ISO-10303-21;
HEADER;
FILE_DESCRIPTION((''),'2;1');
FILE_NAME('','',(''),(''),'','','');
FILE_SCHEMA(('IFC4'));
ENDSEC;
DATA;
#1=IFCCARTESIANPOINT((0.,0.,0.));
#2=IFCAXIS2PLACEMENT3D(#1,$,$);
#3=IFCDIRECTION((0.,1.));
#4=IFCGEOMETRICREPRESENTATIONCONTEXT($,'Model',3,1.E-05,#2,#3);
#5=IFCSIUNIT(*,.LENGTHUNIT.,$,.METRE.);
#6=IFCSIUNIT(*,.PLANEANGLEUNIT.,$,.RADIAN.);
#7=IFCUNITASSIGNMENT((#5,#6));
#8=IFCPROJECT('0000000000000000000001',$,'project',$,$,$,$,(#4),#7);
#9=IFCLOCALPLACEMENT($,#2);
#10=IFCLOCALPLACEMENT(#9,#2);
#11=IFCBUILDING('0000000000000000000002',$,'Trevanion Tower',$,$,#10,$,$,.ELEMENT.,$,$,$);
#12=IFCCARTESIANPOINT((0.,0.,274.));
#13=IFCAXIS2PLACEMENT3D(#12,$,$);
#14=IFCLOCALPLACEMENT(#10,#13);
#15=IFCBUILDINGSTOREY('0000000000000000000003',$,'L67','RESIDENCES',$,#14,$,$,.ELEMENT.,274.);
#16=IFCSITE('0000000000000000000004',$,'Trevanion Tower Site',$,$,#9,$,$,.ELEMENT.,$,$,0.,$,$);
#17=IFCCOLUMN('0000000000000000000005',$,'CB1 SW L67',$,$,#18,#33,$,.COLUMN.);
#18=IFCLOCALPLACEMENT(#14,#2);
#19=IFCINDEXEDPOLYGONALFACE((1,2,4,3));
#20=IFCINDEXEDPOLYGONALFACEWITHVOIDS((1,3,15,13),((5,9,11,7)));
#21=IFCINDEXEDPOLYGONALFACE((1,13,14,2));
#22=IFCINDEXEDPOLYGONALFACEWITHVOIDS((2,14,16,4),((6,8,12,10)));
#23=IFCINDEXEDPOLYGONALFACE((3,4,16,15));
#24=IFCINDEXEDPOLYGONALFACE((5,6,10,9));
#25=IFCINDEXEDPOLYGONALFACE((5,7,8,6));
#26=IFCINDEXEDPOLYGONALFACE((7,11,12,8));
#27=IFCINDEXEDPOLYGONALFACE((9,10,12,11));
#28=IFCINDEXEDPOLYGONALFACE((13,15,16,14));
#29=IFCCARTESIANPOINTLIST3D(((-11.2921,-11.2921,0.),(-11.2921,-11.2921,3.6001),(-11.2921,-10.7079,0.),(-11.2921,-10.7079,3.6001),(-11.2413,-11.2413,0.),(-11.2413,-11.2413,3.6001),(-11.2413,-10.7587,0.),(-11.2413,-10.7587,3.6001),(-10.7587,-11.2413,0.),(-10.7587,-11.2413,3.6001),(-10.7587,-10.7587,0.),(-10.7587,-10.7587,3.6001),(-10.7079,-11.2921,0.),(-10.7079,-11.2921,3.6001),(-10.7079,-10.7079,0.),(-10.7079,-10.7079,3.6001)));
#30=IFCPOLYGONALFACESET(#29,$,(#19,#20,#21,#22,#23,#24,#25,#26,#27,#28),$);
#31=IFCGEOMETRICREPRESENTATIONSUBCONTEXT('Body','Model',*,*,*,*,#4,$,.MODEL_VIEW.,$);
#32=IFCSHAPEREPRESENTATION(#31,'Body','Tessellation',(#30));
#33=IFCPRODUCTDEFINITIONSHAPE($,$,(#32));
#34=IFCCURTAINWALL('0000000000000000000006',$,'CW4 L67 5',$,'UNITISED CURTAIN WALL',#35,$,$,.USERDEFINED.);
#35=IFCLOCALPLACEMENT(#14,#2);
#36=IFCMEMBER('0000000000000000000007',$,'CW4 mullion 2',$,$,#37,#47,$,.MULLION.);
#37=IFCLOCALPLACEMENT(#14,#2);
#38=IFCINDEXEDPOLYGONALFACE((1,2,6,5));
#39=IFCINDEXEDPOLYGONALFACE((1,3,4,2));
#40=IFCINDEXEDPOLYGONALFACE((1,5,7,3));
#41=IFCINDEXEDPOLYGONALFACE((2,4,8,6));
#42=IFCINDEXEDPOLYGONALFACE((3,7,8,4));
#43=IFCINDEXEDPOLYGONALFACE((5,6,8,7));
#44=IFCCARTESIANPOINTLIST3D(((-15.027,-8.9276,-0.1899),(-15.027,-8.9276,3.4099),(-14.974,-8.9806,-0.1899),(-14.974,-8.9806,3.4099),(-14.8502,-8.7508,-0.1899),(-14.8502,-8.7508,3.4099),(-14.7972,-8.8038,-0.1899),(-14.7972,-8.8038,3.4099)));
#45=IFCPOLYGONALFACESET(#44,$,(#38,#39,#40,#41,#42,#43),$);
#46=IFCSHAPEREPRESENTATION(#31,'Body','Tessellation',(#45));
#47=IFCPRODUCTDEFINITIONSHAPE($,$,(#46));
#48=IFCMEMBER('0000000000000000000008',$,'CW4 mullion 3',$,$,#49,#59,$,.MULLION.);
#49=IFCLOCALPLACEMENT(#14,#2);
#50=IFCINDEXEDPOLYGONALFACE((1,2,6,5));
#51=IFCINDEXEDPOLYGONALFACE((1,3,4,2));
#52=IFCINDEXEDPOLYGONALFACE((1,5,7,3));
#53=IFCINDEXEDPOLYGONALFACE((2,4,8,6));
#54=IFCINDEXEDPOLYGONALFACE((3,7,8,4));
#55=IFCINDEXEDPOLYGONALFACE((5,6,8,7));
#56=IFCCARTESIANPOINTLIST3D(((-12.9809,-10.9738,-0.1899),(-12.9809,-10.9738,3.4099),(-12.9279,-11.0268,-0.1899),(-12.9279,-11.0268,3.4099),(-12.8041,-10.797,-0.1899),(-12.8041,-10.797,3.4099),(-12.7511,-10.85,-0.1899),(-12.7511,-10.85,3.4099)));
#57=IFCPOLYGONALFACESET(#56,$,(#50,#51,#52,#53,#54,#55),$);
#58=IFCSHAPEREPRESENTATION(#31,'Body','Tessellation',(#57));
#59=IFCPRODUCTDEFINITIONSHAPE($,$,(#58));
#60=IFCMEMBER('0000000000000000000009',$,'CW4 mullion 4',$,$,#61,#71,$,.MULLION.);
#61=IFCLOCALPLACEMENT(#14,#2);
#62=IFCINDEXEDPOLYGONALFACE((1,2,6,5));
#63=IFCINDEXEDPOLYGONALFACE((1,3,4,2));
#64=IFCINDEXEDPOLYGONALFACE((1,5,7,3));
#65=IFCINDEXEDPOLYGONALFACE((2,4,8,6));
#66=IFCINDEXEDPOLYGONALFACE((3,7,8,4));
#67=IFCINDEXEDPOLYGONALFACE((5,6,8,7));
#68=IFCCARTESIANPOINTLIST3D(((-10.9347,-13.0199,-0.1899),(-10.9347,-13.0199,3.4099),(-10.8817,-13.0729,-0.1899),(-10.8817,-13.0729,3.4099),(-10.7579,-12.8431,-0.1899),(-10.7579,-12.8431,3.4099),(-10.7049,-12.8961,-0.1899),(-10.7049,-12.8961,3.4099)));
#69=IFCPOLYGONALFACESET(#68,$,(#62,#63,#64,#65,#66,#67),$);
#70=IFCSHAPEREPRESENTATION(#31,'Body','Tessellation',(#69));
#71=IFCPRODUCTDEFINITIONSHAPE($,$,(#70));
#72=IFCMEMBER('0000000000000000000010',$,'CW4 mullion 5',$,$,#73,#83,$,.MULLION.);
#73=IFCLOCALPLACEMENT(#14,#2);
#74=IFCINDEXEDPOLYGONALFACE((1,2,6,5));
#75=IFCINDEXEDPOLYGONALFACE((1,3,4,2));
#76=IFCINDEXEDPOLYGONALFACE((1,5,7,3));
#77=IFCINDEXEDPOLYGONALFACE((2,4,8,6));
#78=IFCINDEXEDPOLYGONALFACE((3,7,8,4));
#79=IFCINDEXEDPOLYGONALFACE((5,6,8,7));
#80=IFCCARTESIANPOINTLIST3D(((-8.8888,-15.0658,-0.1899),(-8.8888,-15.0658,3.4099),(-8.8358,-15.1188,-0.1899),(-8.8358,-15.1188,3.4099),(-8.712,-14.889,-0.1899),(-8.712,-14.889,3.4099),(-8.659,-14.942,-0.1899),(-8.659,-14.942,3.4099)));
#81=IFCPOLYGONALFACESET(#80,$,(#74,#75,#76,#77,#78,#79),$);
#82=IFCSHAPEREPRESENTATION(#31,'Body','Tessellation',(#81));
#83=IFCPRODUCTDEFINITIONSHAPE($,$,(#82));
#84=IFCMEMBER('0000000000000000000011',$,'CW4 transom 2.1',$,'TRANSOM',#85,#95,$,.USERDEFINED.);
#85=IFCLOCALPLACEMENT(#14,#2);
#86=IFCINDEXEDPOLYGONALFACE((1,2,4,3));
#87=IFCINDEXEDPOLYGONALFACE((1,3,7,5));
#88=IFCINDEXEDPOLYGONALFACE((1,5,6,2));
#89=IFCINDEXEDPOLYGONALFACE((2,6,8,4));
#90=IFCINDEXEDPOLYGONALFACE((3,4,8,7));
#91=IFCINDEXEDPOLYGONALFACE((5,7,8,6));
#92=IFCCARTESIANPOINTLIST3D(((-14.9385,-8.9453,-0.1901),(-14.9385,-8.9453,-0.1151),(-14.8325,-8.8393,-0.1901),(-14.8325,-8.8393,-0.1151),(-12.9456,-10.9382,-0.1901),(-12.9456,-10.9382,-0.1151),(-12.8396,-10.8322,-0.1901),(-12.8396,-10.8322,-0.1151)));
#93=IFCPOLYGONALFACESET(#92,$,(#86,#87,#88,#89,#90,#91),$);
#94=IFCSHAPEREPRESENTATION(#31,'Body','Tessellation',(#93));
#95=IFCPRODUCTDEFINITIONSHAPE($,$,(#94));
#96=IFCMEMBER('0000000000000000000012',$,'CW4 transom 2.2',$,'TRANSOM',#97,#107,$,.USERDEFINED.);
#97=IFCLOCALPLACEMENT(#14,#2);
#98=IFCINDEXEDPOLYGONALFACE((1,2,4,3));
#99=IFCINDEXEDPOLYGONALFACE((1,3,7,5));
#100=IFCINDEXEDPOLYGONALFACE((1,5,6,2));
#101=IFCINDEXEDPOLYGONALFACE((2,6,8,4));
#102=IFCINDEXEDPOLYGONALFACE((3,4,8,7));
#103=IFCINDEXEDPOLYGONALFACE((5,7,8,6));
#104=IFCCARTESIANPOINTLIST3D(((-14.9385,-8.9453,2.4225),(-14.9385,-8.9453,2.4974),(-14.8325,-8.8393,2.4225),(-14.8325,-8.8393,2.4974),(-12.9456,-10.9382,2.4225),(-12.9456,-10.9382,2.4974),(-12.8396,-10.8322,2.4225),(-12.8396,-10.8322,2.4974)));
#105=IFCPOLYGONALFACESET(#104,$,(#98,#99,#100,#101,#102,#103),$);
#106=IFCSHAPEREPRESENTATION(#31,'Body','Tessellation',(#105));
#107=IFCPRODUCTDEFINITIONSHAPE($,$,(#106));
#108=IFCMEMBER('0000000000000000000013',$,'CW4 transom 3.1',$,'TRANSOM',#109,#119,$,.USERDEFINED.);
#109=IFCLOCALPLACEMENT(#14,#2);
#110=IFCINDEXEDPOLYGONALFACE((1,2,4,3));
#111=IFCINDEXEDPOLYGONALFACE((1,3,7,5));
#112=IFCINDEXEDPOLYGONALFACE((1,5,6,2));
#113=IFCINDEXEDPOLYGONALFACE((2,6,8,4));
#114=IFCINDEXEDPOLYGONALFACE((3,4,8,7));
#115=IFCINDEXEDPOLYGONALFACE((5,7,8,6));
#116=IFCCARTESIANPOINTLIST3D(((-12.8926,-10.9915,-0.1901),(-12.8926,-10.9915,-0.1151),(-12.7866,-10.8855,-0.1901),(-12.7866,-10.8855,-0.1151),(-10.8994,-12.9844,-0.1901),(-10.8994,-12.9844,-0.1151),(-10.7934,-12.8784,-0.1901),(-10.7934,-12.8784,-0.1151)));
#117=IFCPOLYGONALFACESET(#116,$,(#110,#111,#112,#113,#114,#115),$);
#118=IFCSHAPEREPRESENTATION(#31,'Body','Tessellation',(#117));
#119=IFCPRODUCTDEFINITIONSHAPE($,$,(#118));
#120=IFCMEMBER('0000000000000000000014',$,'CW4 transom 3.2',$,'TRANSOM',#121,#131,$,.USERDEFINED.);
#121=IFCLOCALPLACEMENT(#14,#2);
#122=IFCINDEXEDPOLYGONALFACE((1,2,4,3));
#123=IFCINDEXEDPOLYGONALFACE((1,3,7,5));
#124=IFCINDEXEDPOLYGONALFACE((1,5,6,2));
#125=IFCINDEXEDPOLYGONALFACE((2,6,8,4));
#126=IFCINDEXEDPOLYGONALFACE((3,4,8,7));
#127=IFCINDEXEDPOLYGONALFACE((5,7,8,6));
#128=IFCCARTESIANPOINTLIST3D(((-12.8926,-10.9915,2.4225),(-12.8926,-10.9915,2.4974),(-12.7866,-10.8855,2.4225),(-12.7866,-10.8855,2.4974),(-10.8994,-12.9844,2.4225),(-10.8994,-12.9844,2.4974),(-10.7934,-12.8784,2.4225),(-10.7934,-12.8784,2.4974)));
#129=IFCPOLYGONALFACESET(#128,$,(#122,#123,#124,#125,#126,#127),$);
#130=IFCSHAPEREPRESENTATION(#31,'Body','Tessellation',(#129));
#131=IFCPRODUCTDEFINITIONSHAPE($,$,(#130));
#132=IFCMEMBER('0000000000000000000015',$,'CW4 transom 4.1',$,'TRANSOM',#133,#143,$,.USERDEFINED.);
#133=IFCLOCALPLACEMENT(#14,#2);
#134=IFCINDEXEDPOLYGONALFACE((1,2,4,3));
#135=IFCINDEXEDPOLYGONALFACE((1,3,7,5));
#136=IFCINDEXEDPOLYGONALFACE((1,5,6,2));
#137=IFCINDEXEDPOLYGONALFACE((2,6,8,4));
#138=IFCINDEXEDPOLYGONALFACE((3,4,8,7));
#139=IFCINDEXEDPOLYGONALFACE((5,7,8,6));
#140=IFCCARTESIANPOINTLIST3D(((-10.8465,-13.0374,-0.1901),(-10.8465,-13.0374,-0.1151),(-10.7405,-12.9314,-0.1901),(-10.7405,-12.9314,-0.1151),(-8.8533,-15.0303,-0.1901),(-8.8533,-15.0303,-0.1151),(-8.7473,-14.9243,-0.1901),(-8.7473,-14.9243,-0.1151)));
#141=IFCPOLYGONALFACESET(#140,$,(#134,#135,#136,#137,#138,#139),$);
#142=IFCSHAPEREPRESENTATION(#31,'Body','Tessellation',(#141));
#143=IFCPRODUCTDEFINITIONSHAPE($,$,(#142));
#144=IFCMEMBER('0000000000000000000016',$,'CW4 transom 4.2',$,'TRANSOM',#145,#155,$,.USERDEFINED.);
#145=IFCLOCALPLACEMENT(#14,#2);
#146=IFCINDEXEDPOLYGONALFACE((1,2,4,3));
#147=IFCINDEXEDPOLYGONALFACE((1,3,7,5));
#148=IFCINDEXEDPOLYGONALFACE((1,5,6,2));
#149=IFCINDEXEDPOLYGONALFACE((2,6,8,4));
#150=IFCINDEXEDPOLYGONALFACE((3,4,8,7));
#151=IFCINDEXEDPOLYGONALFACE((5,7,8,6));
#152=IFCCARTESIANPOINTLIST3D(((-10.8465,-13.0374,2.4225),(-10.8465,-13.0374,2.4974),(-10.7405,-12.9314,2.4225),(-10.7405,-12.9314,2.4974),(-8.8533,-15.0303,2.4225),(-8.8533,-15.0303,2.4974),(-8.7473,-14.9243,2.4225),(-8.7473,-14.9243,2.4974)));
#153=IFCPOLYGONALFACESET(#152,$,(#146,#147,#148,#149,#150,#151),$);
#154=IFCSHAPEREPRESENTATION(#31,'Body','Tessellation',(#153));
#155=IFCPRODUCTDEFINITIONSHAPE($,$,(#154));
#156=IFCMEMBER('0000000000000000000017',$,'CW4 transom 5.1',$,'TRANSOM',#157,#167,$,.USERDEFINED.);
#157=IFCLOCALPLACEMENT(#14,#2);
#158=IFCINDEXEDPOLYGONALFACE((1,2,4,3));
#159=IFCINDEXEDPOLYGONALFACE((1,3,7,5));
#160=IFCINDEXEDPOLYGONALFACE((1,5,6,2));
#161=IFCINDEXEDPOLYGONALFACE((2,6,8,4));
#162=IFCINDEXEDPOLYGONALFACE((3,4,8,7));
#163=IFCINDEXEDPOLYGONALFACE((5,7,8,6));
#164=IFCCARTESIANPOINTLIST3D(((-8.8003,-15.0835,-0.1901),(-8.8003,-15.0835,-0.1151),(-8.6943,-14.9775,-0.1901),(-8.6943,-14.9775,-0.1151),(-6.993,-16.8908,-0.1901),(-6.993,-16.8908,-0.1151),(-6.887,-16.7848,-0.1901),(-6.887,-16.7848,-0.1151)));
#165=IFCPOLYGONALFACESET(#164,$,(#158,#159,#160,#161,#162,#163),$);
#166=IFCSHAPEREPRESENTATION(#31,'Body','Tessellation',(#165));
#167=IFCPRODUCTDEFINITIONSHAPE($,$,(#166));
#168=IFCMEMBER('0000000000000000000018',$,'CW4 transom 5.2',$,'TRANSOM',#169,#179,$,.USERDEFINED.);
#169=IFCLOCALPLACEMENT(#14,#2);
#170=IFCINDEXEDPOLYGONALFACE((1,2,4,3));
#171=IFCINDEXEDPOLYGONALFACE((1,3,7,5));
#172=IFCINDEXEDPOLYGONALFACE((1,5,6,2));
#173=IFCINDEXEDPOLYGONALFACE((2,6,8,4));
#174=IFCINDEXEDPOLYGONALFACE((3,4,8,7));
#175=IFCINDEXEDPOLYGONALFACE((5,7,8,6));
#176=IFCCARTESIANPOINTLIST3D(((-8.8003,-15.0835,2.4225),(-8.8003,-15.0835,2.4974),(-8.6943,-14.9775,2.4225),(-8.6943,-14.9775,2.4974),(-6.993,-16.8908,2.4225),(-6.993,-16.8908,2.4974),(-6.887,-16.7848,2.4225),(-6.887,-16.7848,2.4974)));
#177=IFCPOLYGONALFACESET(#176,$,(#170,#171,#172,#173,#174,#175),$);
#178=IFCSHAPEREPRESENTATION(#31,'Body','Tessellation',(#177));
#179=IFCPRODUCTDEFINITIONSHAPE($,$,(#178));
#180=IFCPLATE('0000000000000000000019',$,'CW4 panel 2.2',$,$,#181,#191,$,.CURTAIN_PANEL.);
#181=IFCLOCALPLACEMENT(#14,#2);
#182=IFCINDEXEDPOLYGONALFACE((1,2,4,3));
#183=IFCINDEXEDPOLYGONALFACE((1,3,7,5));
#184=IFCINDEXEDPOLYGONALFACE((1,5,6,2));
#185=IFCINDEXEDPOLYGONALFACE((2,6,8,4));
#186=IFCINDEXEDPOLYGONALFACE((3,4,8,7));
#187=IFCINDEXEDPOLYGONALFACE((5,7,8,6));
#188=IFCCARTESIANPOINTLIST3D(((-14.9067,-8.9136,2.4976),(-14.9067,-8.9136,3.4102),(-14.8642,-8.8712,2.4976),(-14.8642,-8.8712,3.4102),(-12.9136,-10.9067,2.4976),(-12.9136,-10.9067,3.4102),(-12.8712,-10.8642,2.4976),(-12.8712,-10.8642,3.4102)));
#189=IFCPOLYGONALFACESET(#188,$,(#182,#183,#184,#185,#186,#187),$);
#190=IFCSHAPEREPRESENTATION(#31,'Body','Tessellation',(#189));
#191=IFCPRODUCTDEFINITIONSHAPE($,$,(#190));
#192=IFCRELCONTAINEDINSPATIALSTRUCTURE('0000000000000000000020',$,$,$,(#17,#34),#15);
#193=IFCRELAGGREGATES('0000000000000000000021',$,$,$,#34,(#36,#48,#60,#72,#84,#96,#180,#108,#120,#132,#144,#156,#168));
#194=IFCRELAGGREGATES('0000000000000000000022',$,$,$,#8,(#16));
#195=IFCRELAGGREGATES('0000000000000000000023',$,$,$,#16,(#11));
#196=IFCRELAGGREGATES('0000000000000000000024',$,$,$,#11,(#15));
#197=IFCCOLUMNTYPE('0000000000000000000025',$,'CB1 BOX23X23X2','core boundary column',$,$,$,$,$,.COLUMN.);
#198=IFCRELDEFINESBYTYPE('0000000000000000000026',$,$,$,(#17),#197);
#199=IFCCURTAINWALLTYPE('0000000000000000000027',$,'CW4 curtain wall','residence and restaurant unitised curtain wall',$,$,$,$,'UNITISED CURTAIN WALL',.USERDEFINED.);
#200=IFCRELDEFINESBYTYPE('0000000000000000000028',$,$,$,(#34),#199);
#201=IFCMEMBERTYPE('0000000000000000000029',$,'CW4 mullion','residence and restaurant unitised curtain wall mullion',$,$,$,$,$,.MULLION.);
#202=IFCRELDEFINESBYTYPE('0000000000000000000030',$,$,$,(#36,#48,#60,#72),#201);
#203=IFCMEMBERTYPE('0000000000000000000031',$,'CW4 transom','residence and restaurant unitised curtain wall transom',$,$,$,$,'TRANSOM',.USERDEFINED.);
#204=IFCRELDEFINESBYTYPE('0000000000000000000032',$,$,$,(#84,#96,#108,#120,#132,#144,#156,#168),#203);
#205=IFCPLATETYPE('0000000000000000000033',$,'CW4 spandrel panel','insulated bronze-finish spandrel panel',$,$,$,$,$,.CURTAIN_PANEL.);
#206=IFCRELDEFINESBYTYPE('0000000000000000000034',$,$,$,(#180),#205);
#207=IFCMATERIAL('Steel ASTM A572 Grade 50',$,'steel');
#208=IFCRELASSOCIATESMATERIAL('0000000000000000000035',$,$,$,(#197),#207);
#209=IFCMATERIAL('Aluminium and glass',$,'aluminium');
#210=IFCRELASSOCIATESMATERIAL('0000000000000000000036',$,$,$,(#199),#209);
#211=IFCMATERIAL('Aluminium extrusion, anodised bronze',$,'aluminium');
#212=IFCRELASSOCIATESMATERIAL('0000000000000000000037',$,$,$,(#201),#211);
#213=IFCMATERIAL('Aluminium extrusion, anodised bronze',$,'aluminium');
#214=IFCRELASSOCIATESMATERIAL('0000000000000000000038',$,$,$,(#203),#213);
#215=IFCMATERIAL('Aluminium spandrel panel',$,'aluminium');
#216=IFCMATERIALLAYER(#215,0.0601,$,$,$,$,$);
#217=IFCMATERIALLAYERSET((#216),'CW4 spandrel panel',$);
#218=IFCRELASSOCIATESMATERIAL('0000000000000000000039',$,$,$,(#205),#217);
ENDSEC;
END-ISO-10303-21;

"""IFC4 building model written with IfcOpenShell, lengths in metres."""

from ifc_helpers import new_model, si_unit, direction, frame, origin, origin_2d, place, context, subcontext, project, spatial, rectangle, hollow_rectangle, extrude, material, layer, layer_set, material_profile, profile_set, type_object, element, aggregate, save


model = new_model("IFC4")

# Units and contexts
model_context = context("Model", 3, precision=1e-05, world=origin(), true_north=direction((0.0, 1.0)))
body_context = subcontext(model_context, "Body", "Model", "MODEL_VIEW")
ifc_project = project(units=[si_unit("LENGTHUNIT", "METRE"), si_unit("PLANEANGLEUNIT", "RADIAN")], contexts=[model_context])

# Site, building, storey
site_placement = place(None, origin())
site = spatial("IfcSite", under=ifc_project, at=site_placement, Name="Trevanion Tower Site", CompositionType="ELEMENT", RefElevation=0.0)
building_placement = place(site_placement, origin())
building = spatial("IfcBuilding", under=site, at=building_placement, Name="Trevanion Tower", CompositionType="ELEMENT")
storey_placement = place(building_placement, frame((0.0, 0.0, 274.0)))
storey = spatial("IfcBuildingStorey", under=building, at=storey_placement, Name="L67", Description="RESIDENCES", CompositionType="ELEMENT", Elevation=274.0)

# Column
ifc_material_1 = material(Name="Steel ASTM A572 Grade 50", Category="steel")
ifc_material_profile_1 = material_profile(ifc_material_1, hollow_rectangle(XDim=0.5842, YDim=0.5842, WallThickness=0.0508, at=origin_2d()), Name="BOX23X23X2")
ifc_profile_set_1 = profile_set([ifc_material_profile_1], Name="Steel ASTM A572 Grade 50")
column_type = type_object("IfcColumnType", Name="CB1 BOX23X23X2", Description="core boundary column", PredefinedType="COLUMN", material=ifc_profile_set_1)
column_placement = place(storey_placement, frame((-11.0, -11.0, 0.0), z_axis=(0.0, 0.0, 1.0), x_axis=(1.0, 0.0, 0.0)))
element("IfcColumn", 1, at=column_placement, inside=storey, type_object=column_type, Name="CB1 SW L67", PredefinedType="COLUMN", context=body_context, shape_type="SweptSolid", body=[
    extrude(hollow_rectangle(XDim=0.5842, YDim=0.5842, WallThickness=0.0508, at=origin_2d()), origin(), (0.0, 0.0, 1.0), 3.6001),
])

# Curtain wall, members, plate
ifc_material_2 = material(Name="Aluminium and glass", Category="aluminium")
curtain_wall_type = type_object("IfcCurtainWallType", Name="CW4 curtain wall", Description="residence and restaurant unitised curtain wall", ElementType="UNITISED CURTAIN WALL", PredefinedType="USERDEFINED", material=ifc_material_2)
curtain_wall_placement = place(storey_placement, origin())
curtain_wall = element("IfcCurtainWall", 2, at=curtain_wall_placement, inside=storey, type_object=curtain_wall_type, Name="CW4 L67 5", ObjectType="UNITISED CURTAIN WALL", PredefinedType="USERDEFINED")
ifc_material_3 = material(Name="Aluminium extrusion, anodised bronze", Category="aluminium")
ifc_material_profile_2 = material_profile(ifc_material_3, rectangle(XDim=0.075, YDim=0.25, at=origin_2d()), Name="CW4 mullion")
ifc_profile_set_2 = profile_set([ifc_material_profile_2], Name="Aluminium extrusion, anodised bronze")
member_type_1 = type_object("IfcMemberType", Name="CW4 mullion", Description="residence and restaurant unitised curtain wall mullion", PredefinedType="MULLION", material=ifc_profile_set_2)
member_1_placement = place(storey_placement, frame((-14.9121, -8.8657, -0.1899), z_axis=(0.0, 0.0, 1.0), x_axis=(0.707107, -0.707107, 0.0)))
member_1 = element("IfcMember", 3, at=member_1_placement, type_object=member_type_1, Name="CW4 mullion 2", PredefinedType="MULLION", context=body_context, shape_type="SweptSolid", body=[
    extrude(rectangle(XDim=0.075, YDim=0.25, at=origin_2d()), origin(), (0.0, 0.0, 1.0), 3.5999),
])
member_2_placement = place(storey_placement, frame((-12.866, -10.9119, -0.1899), z_axis=(0.0, 0.0, 1.0), x_axis=(0.707107, -0.707107, 0.0)))
member_2 = element("IfcMember", 4, at=member_2_placement, type_object=member_type_1, Name="CW4 mullion 3", PredefinedType="MULLION", context=body_context, shape_type="SweptSolid", body=[
    extrude(rectangle(XDim=0.075, YDim=0.25, at=origin_2d()), origin(), (0.0, 0.0, 1.0), 3.5999),
])
member_3_placement = place(storey_placement, frame((-10.8198, -12.958, -0.1899), z_axis=(0.0, 0.0, 1.0), x_axis=(0.707107, -0.707107, 0.0)))
member_3 = element("IfcMember", 5, at=member_3_placement, type_object=member_type_1, Name="CW4 mullion 4", PredefinedType="MULLION", context=body_context, shape_type="SweptSolid", body=[
    extrude(rectangle(XDim=0.075, YDim=0.25, at=origin_2d()), origin(), (0.0, 0.0, 1.0), 3.5999),
])
member_4_placement = place(storey_placement, frame((-8.7739, -15.0039, -0.1899), z_axis=(0.0, 0.0, 1.0), x_axis=(0.707107, -0.707107, 0.0)))
member_4 = element("IfcMember", 6, at=member_4_placement, type_object=member_type_1, Name="CW4 mullion 5", PredefinedType="MULLION", context=body_context, shape_type="SweptSolid", body=[
    extrude(rectangle(XDim=0.075, YDim=0.25, at=origin_2d()), origin(), (0.0, 0.0, 1.0), 3.5999),
])
ifc_material_4 = material(Name="Aluminium extrusion, anodised bronze", Category="aluminium")
ifc_material_profile_3 = material_profile(ifc_material_4, rectangle(XDim=0.1499, YDim=0.075, at=origin_2d()), Name="CW4 transom")
ifc_profile_set_3 = profile_set([ifc_material_profile_3], Name="Aluminium extrusion, anodised bronze")
member_type_2 = type_object("IfcMemberType", Name="CW4 transom", Description="residence and restaurant unitised curtain wall transom", ElementType="TRANSOM", PredefinedType="USERDEFINED", material=ifc_profile_set_3)
member_5_placement = place(storey_placement, frame((-14.8855, -8.8923, -0.1526), z_axis=(0.707107, -0.707107, 0.0), x_axis=(0.707107, 0.707107, 0.0)))
member_5 = element("IfcMember", 7, at=member_5_placement, type_object=member_type_2, Name="CW4 transom 2.1", ObjectType="TRANSOM", PredefinedType="USERDEFINED", context=body_context, shape_type="SweptSolid", body=[
    extrude(rectangle(XDim=0.1499, YDim=0.075, at=origin_2d()), origin(), (0.0, 0.0, 1.0), 2.8184),
])
member_6_placement = place(storey_placement, frame((-14.8855, -8.8923, 2.46), z_axis=(0.707107, -0.707107, 0.0), x_axis=(0.707107, 0.707107, 0.0)))
member_6 = element("IfcMember", 8, at=member_6_placement, type_object=member_type_2, Name="CW4 transom 2.2", ObjectType="TRANSOM", PredefinedType="USERDEFINED", context=body_context, shape_type="SweptSolid", body=[
    extrude(rectangle(XDim=0.1499, YDim=0.075, at=origin_2d()), origin(), (0.0, 0.0, 1.0), 2.8184),
])
member_7_placement = place(storey_placement, frame((-12.8396, -10.9385, -0.1526), z_axis=(0.70715, -0.707063, 0.0), x_axis=(0.707063, 0.70715, 0.0)))
member_7 = element("IfcMember", 9, at=member_7_placement, type_object=member_type_2, Name="CW4 transom 3.1", ObjectType="TRANSOM", PredefinedType="USERDEFINED", context=body_context, shape_type="SweptSolid", body=[
    extrude(rectangle(XDim=0.1499, YDim=0.075, at=origin_2d()), origin(), (0.0, 0.0, 1.0), 2.8186),
])
member_8_placement = place(storey_placement, frame((-12.8396, -10.9385, 2.46), z_axis=(0.70715, -0.707063, 0.0), x_axis=(0.707063, 0.70715, 0.0)))
member_8 = element("IfcMember", 10, at=member_8_placement, type_object=member_type_2, Name="CW4 transom 3.2", ObjectType="TRANSOM", PredefinedType="USERDEFINED", context=body_context, shape_type="SweptSolid", body=[
    extrude(rectangle(XDim=0.1499, YDim=0.075, at=origin_2d()), origin(), (0.0, 0.0, 1.0), 2.8186),
])
member_9_placement = place(storey_placement, frame((-10.7935, -12.9844, -0.1526), z_axis=(0.70715, -0.707063, 0.0), x_axis=(0.707063, 0.70715, 0.0)))
member_9 = element("IfcMember", 11, at=member_9_placement, type_object=member_type_2, Name="CW4 transom 4.1", ObjectType="TRANSOM", PredefinedType="USERDEFINED", context=body_context, shape_type="SweptSolid", body=[
    extrude(rectangle(XDim=0.1499, YDim=0.075, at=origin_2d()), origin(), (0.0, 0.0, 1.0), 2.8186),
])
member_10_placement = place(storey_placement, frame((-10.7935, -12.9844, 2.46), z_axis=(0.70715, -0.707063, 0.0), x_axis=(0.707063, 0.70715, 0.0)))
member_10 = element("IfcMember", 12, at=member_10_placement, type_object=member_type_2, Name="CW4 transom 4.2", ObjectType="TRANSOM", PredefinedType="USERDEFINED", context=body_context, shape_type="SweptSolid", body=[
    extrude(rectangle(XDim=0.1499, YDim=0.075, at=origin_2d()), origin(), (0.0, 0.0, 1.0), 2.8186),
])
member_11_placement = place(storey_placement, frame((-8.7473, -15.0305, -0.1526), z_axis=(0.707107, -0.707107, 0.0), x_axis=(0.707107, 0.707107, 0.0)))
member_11 = element("IfcMember", 13, at=member_11_placement, type_object=member_type_2, Name="CW4 transom 5.1", ObjectType="TRANSOM", PredefinedType="USERDEFINED", context=body_context, shape_type="SweptSolid", body=[
    extrude(rectangle(XDim=0.1499, YDim=0.075, at=origin_2d()), origin(), (0.0, 0.0, 1.0), 2.5559),
])
member_12_placement = place(storey_placement, frame((-8.7473, -15.0305, 2.46), z_axis=(0.707107, -0.707107, 0.0), x_axis=(0.707107, 0.707107, 0.0)))
member_12 = element("IfcMember", 14, at=member_12_placement, type_object=member_type_2, Name="CW4 transom 5.2", ObjectType="TRANSOM", PredefinedType="USERDEFINED", context=body_context, shape_type="SweptSolid", body=[
    extrude(rectangle(XDim=0.1499, YDim=0.075, at=origin_2d()), origin(), (0.0, 0.0, 1.0), 2.5559),
])
ifc_material_5 = material(Name="Aluminium spandrel panel", Category="aluminium")
ifc_layer_1 = layer(ifc_material_5, 0.0601)
ifc_layer_set_1 = layer_set([ifc_layer_1], Name="CW4 spandrel panel")
plate_type_1 = type_object("IfcPlateType", Name="CW4 spandrel panel", Description="insulated bronze-finish spandrel panel", PredefinedType="CURTAIN_PANEL", material=ifc_layer_set_1)
plate_1_placement = place(storey_placement, frame((-13.8889, -9.8889, 2.4976), z_axis=(0.0, 0.0, 1.0), x_axis=(0.707107, -0.707107, 0.0)))
plate_1 = element("IfcPlate", 15, at=plate_1_placement, type_object=plate_type_1, Name="CW4 panel 2.2", PredefinedType="CURTAIN_PANEL", context=body_context, shape_type="SweptSolid", body=[
    extrude(rectangle(XDim=2.8186, YDim=0.0601, at=origin_2d()), origin(), (0.0, 0.0, 1.0), 0.9126),
])
aggregate(curtain_wall, [member_1, member_2, member_3, member_4, member_5, member_6, plate_1, member_7, member_8, member_9, member_10, member_11, member_12])

save(model, "model.ifc")
